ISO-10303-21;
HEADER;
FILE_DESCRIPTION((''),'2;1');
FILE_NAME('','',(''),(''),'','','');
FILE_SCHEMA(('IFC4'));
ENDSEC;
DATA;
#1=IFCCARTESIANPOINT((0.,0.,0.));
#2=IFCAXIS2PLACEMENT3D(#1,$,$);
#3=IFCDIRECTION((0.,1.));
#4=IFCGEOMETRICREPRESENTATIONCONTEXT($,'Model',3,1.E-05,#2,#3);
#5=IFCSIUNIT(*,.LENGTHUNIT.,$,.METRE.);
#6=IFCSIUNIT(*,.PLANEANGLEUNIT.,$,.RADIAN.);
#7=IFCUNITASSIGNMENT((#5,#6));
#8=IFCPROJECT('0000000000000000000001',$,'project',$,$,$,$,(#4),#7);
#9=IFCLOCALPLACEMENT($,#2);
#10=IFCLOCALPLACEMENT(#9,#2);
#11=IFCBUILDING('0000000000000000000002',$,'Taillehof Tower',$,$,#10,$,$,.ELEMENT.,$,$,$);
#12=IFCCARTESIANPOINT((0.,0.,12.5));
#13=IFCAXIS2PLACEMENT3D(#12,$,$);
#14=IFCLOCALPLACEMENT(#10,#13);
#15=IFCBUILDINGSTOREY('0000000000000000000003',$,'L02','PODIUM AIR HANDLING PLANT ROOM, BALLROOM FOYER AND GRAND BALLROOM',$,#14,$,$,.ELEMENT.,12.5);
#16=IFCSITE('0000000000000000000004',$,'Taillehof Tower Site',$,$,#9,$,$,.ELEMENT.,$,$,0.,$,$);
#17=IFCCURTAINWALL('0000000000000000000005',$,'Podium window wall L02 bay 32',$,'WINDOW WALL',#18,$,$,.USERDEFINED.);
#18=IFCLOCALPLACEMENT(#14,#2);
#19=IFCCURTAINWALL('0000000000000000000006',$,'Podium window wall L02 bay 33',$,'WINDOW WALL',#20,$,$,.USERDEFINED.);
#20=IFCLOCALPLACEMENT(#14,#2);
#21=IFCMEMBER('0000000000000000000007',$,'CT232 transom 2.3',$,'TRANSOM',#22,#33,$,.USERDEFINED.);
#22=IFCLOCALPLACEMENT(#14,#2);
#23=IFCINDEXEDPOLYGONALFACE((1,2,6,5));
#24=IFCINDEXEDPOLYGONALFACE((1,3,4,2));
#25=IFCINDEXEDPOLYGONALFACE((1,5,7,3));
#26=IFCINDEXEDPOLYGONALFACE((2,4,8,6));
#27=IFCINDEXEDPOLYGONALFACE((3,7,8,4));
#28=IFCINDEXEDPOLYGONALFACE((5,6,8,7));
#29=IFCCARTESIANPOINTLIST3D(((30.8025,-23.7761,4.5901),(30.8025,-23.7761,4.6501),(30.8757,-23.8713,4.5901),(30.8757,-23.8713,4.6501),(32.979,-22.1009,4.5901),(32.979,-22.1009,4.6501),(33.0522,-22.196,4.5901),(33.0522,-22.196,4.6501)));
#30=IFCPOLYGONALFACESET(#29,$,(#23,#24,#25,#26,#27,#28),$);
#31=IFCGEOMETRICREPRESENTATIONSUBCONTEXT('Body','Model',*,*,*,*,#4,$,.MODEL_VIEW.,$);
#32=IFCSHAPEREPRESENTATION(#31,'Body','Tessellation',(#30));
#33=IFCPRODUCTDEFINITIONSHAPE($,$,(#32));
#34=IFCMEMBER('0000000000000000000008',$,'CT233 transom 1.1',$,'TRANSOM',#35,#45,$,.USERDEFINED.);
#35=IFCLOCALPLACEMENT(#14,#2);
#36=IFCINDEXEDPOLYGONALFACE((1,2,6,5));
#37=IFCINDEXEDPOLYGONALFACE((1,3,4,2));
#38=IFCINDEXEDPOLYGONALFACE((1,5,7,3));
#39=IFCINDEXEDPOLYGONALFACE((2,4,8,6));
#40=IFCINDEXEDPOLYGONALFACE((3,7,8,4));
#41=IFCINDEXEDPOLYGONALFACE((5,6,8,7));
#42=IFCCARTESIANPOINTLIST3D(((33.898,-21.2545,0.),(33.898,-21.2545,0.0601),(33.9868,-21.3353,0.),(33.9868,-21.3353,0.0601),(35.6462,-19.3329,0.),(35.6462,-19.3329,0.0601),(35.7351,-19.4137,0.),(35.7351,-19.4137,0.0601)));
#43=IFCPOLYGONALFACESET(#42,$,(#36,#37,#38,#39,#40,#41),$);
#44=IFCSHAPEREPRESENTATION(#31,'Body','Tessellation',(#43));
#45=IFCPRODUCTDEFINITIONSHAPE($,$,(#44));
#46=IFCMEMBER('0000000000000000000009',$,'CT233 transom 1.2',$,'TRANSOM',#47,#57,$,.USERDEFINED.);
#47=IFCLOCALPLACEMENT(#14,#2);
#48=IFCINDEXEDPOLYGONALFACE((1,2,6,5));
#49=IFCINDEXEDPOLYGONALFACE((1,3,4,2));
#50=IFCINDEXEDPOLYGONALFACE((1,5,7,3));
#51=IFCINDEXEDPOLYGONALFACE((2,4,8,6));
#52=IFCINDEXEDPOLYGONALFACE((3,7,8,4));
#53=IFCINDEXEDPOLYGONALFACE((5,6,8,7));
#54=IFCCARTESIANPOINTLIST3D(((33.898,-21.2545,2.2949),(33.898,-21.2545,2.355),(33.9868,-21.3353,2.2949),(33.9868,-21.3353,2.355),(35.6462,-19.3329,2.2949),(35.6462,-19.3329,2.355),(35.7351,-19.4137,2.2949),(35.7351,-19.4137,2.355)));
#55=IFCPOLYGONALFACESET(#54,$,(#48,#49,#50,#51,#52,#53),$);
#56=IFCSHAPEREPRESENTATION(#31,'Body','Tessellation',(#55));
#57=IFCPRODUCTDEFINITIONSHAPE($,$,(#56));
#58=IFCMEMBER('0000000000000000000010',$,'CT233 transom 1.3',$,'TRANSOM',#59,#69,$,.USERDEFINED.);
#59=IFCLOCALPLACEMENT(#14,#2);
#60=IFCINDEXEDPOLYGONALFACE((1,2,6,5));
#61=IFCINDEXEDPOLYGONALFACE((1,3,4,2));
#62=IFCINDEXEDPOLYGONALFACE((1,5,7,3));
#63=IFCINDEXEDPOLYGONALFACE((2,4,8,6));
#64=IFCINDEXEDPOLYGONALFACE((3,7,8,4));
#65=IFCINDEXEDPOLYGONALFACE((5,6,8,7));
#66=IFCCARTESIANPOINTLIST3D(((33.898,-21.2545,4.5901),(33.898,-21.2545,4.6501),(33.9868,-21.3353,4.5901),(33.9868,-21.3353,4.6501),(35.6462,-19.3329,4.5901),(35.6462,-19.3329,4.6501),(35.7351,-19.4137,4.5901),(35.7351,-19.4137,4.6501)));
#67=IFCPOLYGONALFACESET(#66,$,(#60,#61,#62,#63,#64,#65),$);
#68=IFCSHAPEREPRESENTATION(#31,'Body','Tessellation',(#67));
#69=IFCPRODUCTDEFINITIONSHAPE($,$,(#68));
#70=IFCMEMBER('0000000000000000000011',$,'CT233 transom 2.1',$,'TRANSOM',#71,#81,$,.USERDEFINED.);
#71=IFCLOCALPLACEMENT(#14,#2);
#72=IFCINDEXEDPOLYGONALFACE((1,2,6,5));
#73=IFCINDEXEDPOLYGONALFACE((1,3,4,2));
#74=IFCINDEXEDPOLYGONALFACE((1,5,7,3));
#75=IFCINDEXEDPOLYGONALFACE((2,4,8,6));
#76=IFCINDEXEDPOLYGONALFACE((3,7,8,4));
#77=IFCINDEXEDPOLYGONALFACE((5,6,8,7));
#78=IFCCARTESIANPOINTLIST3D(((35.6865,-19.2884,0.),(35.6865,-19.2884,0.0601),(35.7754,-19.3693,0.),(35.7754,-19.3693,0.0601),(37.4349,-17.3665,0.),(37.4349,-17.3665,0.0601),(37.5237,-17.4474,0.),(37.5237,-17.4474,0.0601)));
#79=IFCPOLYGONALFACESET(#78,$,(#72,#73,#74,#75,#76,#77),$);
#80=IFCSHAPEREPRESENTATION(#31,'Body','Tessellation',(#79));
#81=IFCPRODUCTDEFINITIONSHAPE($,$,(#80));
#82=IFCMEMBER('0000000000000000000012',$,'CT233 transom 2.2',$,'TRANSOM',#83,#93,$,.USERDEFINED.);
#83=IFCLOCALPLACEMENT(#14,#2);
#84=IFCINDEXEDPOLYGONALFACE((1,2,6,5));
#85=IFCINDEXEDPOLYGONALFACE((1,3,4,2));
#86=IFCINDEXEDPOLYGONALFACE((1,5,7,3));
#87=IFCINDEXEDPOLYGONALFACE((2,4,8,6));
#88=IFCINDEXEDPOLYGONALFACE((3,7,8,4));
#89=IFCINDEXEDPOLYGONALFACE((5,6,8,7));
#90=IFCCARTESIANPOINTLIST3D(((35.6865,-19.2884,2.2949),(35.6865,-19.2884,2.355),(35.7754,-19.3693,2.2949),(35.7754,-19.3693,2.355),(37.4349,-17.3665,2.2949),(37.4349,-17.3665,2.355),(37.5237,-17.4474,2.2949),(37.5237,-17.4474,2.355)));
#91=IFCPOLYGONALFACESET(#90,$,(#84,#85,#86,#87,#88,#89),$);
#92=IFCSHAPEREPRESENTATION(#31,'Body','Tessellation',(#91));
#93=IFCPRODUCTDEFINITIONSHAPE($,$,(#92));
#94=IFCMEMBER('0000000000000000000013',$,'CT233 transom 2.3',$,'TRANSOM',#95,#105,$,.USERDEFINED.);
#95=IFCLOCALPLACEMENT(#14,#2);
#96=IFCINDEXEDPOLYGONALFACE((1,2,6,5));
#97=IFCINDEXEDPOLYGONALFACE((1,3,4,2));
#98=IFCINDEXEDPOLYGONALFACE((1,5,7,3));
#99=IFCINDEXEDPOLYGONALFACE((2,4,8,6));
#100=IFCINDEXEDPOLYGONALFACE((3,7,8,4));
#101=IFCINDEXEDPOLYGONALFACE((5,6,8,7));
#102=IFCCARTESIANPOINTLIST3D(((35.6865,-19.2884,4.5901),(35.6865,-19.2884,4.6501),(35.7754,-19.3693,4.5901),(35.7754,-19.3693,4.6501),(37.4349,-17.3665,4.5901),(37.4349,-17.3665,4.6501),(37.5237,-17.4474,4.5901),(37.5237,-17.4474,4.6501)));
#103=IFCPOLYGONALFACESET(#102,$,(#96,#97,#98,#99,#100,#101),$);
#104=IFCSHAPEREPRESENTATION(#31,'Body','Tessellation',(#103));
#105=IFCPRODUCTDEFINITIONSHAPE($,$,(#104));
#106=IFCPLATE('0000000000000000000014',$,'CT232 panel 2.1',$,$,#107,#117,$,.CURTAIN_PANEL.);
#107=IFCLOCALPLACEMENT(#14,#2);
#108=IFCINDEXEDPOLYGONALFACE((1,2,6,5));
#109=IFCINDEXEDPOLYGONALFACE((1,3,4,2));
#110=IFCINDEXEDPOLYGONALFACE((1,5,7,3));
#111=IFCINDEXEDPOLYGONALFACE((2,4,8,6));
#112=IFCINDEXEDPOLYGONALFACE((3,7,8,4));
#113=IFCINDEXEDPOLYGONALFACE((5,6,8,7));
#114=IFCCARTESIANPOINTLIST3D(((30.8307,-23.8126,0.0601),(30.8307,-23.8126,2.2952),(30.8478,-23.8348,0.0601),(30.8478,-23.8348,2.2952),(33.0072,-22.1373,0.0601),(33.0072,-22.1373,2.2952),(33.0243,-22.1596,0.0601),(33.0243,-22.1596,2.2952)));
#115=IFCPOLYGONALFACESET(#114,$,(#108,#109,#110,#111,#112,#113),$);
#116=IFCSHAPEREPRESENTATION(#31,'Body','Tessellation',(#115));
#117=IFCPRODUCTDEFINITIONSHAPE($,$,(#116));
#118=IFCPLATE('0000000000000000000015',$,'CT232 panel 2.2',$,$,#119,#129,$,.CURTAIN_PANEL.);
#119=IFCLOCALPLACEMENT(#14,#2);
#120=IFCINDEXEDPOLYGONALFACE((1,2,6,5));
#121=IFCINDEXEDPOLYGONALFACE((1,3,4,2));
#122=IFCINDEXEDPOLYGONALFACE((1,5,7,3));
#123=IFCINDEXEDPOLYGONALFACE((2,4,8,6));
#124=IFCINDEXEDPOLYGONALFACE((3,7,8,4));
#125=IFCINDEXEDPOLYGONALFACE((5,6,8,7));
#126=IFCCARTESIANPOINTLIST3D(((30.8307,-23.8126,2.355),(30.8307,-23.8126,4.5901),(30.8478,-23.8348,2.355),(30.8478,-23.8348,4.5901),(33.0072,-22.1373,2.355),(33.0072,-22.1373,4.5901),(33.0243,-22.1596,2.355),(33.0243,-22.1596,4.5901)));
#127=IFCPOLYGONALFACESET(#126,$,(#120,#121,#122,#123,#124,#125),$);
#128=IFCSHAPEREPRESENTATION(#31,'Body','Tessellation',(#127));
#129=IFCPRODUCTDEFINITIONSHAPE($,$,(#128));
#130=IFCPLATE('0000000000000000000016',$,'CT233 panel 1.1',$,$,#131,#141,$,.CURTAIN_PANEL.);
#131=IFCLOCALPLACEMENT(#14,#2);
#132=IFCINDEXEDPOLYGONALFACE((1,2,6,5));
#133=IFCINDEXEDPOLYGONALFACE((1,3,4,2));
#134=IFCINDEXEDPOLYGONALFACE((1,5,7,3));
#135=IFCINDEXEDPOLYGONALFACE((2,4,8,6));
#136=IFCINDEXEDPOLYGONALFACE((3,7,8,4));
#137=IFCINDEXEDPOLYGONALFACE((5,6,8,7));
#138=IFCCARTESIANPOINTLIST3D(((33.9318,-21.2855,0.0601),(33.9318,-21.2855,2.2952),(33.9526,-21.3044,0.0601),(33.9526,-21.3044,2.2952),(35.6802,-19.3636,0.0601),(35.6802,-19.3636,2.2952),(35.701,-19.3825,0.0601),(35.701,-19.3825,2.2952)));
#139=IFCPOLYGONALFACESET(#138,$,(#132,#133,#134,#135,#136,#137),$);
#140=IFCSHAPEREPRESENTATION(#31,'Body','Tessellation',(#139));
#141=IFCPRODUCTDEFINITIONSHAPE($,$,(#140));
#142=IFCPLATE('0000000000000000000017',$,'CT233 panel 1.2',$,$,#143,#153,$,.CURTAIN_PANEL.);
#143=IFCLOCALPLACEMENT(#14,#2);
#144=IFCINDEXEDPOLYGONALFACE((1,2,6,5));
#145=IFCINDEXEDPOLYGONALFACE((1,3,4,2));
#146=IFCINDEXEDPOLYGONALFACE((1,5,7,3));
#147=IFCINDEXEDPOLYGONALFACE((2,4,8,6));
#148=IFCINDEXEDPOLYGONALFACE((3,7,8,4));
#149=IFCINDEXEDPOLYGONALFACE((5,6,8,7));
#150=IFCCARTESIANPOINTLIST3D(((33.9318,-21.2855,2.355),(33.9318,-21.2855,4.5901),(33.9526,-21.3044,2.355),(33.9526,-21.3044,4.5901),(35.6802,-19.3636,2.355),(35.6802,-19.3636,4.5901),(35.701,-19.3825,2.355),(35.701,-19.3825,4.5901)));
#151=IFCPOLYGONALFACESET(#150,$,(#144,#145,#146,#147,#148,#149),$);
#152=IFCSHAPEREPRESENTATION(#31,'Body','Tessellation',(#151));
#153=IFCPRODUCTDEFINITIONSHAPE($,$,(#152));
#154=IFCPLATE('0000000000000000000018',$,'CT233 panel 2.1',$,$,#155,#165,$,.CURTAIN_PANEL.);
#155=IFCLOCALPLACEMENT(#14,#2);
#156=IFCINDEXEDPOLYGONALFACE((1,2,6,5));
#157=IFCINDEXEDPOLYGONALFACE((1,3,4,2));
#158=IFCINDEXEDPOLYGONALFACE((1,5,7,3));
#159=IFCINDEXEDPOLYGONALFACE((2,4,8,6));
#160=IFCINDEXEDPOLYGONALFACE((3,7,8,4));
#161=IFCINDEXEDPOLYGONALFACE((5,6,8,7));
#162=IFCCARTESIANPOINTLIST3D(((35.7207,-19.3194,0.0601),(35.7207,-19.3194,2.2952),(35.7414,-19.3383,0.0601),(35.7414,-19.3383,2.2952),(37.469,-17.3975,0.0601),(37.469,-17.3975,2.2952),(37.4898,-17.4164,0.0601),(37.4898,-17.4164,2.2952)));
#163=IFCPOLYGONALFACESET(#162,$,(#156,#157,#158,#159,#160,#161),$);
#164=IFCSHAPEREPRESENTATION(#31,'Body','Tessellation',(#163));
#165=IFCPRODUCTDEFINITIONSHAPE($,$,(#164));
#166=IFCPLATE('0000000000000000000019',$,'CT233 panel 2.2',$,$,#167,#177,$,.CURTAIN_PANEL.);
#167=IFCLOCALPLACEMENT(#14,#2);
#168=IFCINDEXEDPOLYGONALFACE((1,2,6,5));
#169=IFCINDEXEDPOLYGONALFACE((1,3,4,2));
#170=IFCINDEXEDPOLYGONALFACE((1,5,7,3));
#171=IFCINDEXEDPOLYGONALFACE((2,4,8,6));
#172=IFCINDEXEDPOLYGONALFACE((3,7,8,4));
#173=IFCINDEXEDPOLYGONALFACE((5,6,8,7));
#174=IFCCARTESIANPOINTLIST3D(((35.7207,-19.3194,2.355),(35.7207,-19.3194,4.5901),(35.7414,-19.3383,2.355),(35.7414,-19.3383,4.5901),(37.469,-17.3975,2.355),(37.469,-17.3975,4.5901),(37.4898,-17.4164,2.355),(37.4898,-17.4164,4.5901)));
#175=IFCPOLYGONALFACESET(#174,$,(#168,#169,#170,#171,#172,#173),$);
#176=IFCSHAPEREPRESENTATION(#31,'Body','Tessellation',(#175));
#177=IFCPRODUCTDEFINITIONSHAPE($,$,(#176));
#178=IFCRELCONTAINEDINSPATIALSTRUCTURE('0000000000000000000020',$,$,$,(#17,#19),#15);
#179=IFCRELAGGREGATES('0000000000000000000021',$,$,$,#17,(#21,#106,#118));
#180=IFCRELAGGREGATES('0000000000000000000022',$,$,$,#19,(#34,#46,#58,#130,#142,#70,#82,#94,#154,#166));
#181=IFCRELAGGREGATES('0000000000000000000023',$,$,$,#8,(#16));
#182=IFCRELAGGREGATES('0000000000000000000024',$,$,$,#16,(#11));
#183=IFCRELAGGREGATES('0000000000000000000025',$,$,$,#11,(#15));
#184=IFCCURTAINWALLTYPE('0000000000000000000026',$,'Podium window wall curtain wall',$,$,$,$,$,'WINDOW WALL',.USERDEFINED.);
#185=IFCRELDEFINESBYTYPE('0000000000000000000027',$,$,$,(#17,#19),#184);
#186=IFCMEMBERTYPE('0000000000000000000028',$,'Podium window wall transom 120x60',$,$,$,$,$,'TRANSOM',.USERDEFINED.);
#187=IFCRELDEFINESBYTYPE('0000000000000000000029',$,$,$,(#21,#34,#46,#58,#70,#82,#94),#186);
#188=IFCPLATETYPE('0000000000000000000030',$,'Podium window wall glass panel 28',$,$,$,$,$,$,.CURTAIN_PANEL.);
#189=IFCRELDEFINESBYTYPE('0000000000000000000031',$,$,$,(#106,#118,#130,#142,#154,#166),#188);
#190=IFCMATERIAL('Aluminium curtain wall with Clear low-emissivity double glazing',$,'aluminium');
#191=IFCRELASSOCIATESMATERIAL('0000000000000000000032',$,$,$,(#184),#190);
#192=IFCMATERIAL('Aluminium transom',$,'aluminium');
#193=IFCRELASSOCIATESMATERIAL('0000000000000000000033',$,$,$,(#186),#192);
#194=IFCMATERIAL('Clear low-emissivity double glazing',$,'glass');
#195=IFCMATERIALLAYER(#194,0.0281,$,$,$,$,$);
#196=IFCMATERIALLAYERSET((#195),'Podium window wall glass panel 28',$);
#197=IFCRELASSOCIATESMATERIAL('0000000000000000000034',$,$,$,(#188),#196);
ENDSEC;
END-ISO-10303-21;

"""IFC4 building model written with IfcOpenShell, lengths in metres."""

from ifc_helpers import new_model, si_unit, direction, frame, origin, origin_2d, place, context, subcontext, project, spatial, rectangle, extrude, material, layer, layer_set, material_profile, profile_set, type_object, element, aggregate, save


model = new_model("IFC4")

# Units and contexts
model_context = context("Model", 3, precision=1e-05, world=origin(), true_north=direction((0.0, 1.0)))
body_context = subcontext(model_context, "Body", "Model", "MODEL_VIEW")
ifc_project = project(units=[si_unit("LENGTHUNIT", "METRE"), si_unit("PLANEANGLEUNIT", "RADIAN")], contexts=[model_context])

# Site, building, storey
site_placement = place(None, origin())
site = spatial("IfcSite", under=ifc_project, at=site_placement, Name="Taillehof Tower Site", CompositionType="ELEMENT", RefElevation=0.0)
building_placement = place(site_placement, origin())
building = spatial("IfcBuilding", under=site, at=building_placement, Name="Taillehof Tower", CompositionType="ELEMENT")
storey_placement = place(building_placement, frame((0.0, 0.0, 12.5)))
storey = spatial("IfcBuildingStorey", under=building, at=storey_placement, Name="L02", Description="PODIUM AIR HANDLING PLANT ROOM, BALLROOM FOYER AND GRAND BALLROOM", CompositionType="ELEMENT", Elevation=12.5)

# Curtain walls
ifc_material_1 = material(Name="Aluminium curtain wall with Clear low-emissivity double glazing", Category="aluminium")
curtain_wall_type = type_object("IfcCurtainWallType", Name="Podium window wall curtain wall", ElementType="WINDOW WALL", PredefinedType="USERDEFINED", material=ifc_material_1)
curtain_wall_1_placement = place(storey_placement, origin())
curtain_wall_1 = element("IfcCurtainWall", 1, at=curtain_wall_1_placement, inside=storey, type_object=curtain_wall_type, Name="Podium window wall L02 bay 32", ObjectType="WINDOW WALL", PredefinedType="USERDEFINED")
curtain_wall_2_placement = place(storey_placement, origin())
curtain_wall_2 = element("IfcCurtainWall", 2, at=curtain_wall_2_placement, inside=storey, type_object=curtain_wall_type, Name="Podium window wall L02 bay 33", ObjectType="WINDOW WALL", PredefinedType="USERDEFINED")

# Members
ifc_material_2 = material(Name="Aluminium transom", Category="aluminium")
ifc_material_profile_1 = material_profile(ifc_material_2, rectangle(XDim=0.1201, YDim=0.0601, at=origin_2d()), Name="AL 120x60")
ifc_profile_set_1 = profile_set([ifc_material_profile_1], Name="Aluminium transom")
member_type_1 = type_object("IfcMemberType", Name="Podium window wall transom 120x60", ElementType="TRANSOM", PredefinedType="USERDEFINED", material=ifc_profile_set_1)
member_1_placement = place(storey_placement, frame((30.8391, -23.8237, 4.6201), z_axis=(0.792439, 0.609951, 0.0), x_axis=(-0.609951, 0.792439, 0.0)))
member_1 = element("IfcMember", 3, at=member_1_placement, type_object=member_type_1, Name="CT232 transom 2.3", ObjectType="TRANSOM", PredefinedType="USERDEFINED", context=body_context, shape_type="SweptSolid", body=[
    extrude(rectangle(XDim=0.1201, YDim=0.0601, at=origin_2d()), origin(), (0.0, 0.0, 1.0), 2.7466),
])
member_2_placement = place(storey_placement, frame((33.9424, -21.2949, 0.03), z_axis=(0.672958, 0.739681, 0.0), x_axis=(-0.739681, 0.672958, 0.0)))
member_2 = element("IfcMember", 4, at=member_2_placement, type_object=member_type_1, Name="CT233 transom 1.1", ObjectType="TRANSOM", PredefinedType="USERDEFINED", context=body_context, shape_type="SweptSolid", body=[
    extrude(rectangle(XDim=0.1201, YDim=0.0601, at=origin_2d()), origin(), (0.0, 0.0, 1.0), 2.5979),
])
member_3_placement = place(storey_placement, frame((33.9424, -21.2949, 2.325), z_axis=(0.672958, 0.739681, 0.0), x_axis=(-0.739681, 0.672958, 0.0)))
member_3 = element("IfcMember", 5, at=member_3_placement, type_object=member_type_1, Name="CT233 transom 1.2", ObjectType="TRANSOM", PredefinedType="USERDEFINED", context=body_context, shape_type="SweptSolid", body=[
    extrude(rectangle(XDim=0.1201, YDim=0.0601, at=origin_2d()), origin(), (0.0, 0.0, 1.0), 2.5979),
])
member_4_placement = place(storey_placement, frame((33.9424, -21.2949, 4.6201), z_axis=(0.672958, 0.739681, 0.0), x_axis=(-0.739681, 0.672958, 0.0)))
member_4 = element("IfcMember", 6, at=member_4_placement, type_object=member_type_1, Name="CT233 transom 1.3", ObjectType="TRANSOM", PredefinedType="USERDEFINED", context=body_context, shape_type="SweptSolid", body=[
    extrude(rectangle(XDim=0.1201, YDim=0.0601, at=origin_2d()), origin(), (0.0, 0.0, 1.0), 2.5979),
])
member_5_placement = place(storey_placement, frame((35.731, -19.3289, 0.03), z_axis=(0.672911, 0.739723, 0.0), x_axis=(-0.739723, 0.672911, 0.0)))
member_5 = element("IfcMember", 7, at=member_5_placement, type_object=member_type_1, Name="CT233 transom 2.1", ObjectType="TRANSOM", PredefinedType="USERDEFINED", context=body_context, shape_type="SweptSolid", body=[
    extrude(rectangle(XDim=0.1201, YDim=0.0601, at=origin_2d()), origin(), (0.0, 0.0, 1.0), 2.5981),
])
member_6_placement = place(storey_placement, frame((35.731, -19.3289, 2.325), z_axis=(0.672911, 0.739723, 0.0), x_axis=(-0.739723, 0.672911, 0.0)))
member_6 = element("IfcMember", 8, at=member_6_placement, type_object=member_type_1, Name="CT233 transom 2.2", ObjectType="TRANSOM", PredefinedType="USERDEFINED", context=body_context, shape_type="SweptSolid", body=[
    extrude(rectangle(XDim=0.1201, YDim=0.0601, at=origin_2d()), origin(), (0.0, 0.0, 1.0), 2.5981),
])
member_7_placement = place(storey_placement, frame((35.731, -19.3289, 4.6201), z_axis=(0.672911, 0.739723, 0.0), x_axis=(-0.739723, 0.672911, 0.0)))
member_7 = element("IfcMember", 9, at=member_7_placement, type_object=member_type_1, Name="CT233 transom 2.3", ObjectType="TRANSOM", PredefinedType="USERDEFINED", context=body_context, shape_type="SweptSolid", body=[
    extrude(rectangle(XDim=0.1201, YDim=0.0601, at=origin_2d()), origin(), (0.0, 0.0, 1.0), 2.5981),
])

# Plates
ifc_material_3 = material(Name="Clear low-emissivity double glazing", Category="glass")
ifc_layer = layer(ifc_material_3, 0.0281)
ifc_layer_set = layer_set([ifc_layer], Name="Podium window wall glass panel 28")
plate_type = type_object("IfcPlateType", Name="Podium window wall glass panel 28", PredefinedType="CURTAIN_PANEL", material=ifc_layer_set)
plate_1_placement = place(storey_placement, frame((31.9275, -22.9861, 0.0601), z_axis=(0.0, 0.0, 1.0), x_axis=(0.792454, 0.609932, 0.0)))
plate_1 = element("IfcPlate", 10, at=plate_1_placement, type_object=plate_type, Name="CT232 panel 2.1", PredefinedType="CURTAIN_PANEL", context=body_context, shape_type="SweptSolid", body=[
    extrude(rectangle(XDim=2.7466, YDim=0.0281, at=origin_2d()), origin(), (0.0, 0.0, 1.0), 2.2351),
])
plate_2_placement = place(storey_placement, frame((31.9275, -22.9861, 2.355), z_axis=(0.0, 0.0, 1.0), x_axis=(0.792454, 0.609932, 0.0)))
plate_2 = element("IfcPlate", 11, at=plate_2_placement, type_object=plate_type, Name="CT232 panel 2.2", PredefinedType="CURTAIN_PANEL", context=body_context, shape_type="SweptSolid", body=[
    extrude(rectangle(XDim=2.7466, YDim=0.0281, at=origin_2d()), origin(), (0.0, 0.0, 1.0), 2.2351),
])
aggregate(curtain_wall_1, [member_1, plate_1, plate_2])
plate_3_placement = place(storey_placement, frame((34.8164, -20.334, 0.0601), z_axis=(0.0, 0.0, 1.0), x_axis=(0.672929, 0.739707, 0.0)))
plate_3 = element("IfcPlate", 12, at=plate_3_placement, type_object=plate_type, Name="CT233 panel 1.1", PredefinedType="CURTAIN_PANEL", context=body_context, shape_type="SweptSolid", body=[
    extrude(rectangle(XDim=2.5981, YDim=0.0281, at=origin_2d()), origin(), (0.0, 0.0, 1.0), 2.2351),
])
plate_4_placement = place(storey_placement, frame((34.8164, -20.334, 2.355), z_axis=(0.0, 0.0, 1.0), x_axis=(0.672929, 0.739707, 0.0)))
plate_4 = element("IfcPlate", 13, at=plate_4_placement, type_object=plate_type, Name="CT233 panel 1.2", PredefinedType="CURTAIN_PANEL", context=body_context, shape_type="SweptSolid", body=[
    extrude(rectangle(XDim=2.5981, YDim=0.0281, at=origin_2d()), origin(), (0.0, 0.0, 1.0), 2.2351),
])
plate_5_placement = place(storey_placement, frame((36.6052, -18.3679, 0.0601), z_axis=(0.0, 0.0, 1.0), x_axis=(0.672929, 0.739707, 0.0)))
plate_5 = element("IfcPlate", 14, at=plate_5_placement, type_object=plate_type, Name="CT233 panel 2.1", PredefinedType="CURTAIN_PANEL", context=body_context, shape_type="SweptSolid", body=[
    extrude(rectangle(XDim=2.5981, YDim=0.0281, at=origin_2d()), origin(), (0.0, 0.0, 1.0), 2.2351),
])
plate_6_placement = place(storey_placement, frame((36.6052, -18.3679, 2.355), z_axis=(0.0, 0.0, 1.0), x_axis=(0.672929, 0.739707, 0.0)))
plate_6 = element("IfcPlate", 15, at=plate_6_placement, type_object=plate_type, Name="CT233 panel 2.2", PredefinedType="CURTAIN_PANEL", context=body_context, shape_type="SweptSolid", body=[
    extrude(rectangle(XDim=2.5981, YDim=0.0281, at=origin_2d()), origin(), (0.0, 0.0, 1.0), 2.2351),
])
aggregate(curtain_wall_2, [member_2, member_3, member_4, plate_3, plate_4, member_5, member_6, member_7, plate_5, plate_6])

save(model, "model.ifc")
